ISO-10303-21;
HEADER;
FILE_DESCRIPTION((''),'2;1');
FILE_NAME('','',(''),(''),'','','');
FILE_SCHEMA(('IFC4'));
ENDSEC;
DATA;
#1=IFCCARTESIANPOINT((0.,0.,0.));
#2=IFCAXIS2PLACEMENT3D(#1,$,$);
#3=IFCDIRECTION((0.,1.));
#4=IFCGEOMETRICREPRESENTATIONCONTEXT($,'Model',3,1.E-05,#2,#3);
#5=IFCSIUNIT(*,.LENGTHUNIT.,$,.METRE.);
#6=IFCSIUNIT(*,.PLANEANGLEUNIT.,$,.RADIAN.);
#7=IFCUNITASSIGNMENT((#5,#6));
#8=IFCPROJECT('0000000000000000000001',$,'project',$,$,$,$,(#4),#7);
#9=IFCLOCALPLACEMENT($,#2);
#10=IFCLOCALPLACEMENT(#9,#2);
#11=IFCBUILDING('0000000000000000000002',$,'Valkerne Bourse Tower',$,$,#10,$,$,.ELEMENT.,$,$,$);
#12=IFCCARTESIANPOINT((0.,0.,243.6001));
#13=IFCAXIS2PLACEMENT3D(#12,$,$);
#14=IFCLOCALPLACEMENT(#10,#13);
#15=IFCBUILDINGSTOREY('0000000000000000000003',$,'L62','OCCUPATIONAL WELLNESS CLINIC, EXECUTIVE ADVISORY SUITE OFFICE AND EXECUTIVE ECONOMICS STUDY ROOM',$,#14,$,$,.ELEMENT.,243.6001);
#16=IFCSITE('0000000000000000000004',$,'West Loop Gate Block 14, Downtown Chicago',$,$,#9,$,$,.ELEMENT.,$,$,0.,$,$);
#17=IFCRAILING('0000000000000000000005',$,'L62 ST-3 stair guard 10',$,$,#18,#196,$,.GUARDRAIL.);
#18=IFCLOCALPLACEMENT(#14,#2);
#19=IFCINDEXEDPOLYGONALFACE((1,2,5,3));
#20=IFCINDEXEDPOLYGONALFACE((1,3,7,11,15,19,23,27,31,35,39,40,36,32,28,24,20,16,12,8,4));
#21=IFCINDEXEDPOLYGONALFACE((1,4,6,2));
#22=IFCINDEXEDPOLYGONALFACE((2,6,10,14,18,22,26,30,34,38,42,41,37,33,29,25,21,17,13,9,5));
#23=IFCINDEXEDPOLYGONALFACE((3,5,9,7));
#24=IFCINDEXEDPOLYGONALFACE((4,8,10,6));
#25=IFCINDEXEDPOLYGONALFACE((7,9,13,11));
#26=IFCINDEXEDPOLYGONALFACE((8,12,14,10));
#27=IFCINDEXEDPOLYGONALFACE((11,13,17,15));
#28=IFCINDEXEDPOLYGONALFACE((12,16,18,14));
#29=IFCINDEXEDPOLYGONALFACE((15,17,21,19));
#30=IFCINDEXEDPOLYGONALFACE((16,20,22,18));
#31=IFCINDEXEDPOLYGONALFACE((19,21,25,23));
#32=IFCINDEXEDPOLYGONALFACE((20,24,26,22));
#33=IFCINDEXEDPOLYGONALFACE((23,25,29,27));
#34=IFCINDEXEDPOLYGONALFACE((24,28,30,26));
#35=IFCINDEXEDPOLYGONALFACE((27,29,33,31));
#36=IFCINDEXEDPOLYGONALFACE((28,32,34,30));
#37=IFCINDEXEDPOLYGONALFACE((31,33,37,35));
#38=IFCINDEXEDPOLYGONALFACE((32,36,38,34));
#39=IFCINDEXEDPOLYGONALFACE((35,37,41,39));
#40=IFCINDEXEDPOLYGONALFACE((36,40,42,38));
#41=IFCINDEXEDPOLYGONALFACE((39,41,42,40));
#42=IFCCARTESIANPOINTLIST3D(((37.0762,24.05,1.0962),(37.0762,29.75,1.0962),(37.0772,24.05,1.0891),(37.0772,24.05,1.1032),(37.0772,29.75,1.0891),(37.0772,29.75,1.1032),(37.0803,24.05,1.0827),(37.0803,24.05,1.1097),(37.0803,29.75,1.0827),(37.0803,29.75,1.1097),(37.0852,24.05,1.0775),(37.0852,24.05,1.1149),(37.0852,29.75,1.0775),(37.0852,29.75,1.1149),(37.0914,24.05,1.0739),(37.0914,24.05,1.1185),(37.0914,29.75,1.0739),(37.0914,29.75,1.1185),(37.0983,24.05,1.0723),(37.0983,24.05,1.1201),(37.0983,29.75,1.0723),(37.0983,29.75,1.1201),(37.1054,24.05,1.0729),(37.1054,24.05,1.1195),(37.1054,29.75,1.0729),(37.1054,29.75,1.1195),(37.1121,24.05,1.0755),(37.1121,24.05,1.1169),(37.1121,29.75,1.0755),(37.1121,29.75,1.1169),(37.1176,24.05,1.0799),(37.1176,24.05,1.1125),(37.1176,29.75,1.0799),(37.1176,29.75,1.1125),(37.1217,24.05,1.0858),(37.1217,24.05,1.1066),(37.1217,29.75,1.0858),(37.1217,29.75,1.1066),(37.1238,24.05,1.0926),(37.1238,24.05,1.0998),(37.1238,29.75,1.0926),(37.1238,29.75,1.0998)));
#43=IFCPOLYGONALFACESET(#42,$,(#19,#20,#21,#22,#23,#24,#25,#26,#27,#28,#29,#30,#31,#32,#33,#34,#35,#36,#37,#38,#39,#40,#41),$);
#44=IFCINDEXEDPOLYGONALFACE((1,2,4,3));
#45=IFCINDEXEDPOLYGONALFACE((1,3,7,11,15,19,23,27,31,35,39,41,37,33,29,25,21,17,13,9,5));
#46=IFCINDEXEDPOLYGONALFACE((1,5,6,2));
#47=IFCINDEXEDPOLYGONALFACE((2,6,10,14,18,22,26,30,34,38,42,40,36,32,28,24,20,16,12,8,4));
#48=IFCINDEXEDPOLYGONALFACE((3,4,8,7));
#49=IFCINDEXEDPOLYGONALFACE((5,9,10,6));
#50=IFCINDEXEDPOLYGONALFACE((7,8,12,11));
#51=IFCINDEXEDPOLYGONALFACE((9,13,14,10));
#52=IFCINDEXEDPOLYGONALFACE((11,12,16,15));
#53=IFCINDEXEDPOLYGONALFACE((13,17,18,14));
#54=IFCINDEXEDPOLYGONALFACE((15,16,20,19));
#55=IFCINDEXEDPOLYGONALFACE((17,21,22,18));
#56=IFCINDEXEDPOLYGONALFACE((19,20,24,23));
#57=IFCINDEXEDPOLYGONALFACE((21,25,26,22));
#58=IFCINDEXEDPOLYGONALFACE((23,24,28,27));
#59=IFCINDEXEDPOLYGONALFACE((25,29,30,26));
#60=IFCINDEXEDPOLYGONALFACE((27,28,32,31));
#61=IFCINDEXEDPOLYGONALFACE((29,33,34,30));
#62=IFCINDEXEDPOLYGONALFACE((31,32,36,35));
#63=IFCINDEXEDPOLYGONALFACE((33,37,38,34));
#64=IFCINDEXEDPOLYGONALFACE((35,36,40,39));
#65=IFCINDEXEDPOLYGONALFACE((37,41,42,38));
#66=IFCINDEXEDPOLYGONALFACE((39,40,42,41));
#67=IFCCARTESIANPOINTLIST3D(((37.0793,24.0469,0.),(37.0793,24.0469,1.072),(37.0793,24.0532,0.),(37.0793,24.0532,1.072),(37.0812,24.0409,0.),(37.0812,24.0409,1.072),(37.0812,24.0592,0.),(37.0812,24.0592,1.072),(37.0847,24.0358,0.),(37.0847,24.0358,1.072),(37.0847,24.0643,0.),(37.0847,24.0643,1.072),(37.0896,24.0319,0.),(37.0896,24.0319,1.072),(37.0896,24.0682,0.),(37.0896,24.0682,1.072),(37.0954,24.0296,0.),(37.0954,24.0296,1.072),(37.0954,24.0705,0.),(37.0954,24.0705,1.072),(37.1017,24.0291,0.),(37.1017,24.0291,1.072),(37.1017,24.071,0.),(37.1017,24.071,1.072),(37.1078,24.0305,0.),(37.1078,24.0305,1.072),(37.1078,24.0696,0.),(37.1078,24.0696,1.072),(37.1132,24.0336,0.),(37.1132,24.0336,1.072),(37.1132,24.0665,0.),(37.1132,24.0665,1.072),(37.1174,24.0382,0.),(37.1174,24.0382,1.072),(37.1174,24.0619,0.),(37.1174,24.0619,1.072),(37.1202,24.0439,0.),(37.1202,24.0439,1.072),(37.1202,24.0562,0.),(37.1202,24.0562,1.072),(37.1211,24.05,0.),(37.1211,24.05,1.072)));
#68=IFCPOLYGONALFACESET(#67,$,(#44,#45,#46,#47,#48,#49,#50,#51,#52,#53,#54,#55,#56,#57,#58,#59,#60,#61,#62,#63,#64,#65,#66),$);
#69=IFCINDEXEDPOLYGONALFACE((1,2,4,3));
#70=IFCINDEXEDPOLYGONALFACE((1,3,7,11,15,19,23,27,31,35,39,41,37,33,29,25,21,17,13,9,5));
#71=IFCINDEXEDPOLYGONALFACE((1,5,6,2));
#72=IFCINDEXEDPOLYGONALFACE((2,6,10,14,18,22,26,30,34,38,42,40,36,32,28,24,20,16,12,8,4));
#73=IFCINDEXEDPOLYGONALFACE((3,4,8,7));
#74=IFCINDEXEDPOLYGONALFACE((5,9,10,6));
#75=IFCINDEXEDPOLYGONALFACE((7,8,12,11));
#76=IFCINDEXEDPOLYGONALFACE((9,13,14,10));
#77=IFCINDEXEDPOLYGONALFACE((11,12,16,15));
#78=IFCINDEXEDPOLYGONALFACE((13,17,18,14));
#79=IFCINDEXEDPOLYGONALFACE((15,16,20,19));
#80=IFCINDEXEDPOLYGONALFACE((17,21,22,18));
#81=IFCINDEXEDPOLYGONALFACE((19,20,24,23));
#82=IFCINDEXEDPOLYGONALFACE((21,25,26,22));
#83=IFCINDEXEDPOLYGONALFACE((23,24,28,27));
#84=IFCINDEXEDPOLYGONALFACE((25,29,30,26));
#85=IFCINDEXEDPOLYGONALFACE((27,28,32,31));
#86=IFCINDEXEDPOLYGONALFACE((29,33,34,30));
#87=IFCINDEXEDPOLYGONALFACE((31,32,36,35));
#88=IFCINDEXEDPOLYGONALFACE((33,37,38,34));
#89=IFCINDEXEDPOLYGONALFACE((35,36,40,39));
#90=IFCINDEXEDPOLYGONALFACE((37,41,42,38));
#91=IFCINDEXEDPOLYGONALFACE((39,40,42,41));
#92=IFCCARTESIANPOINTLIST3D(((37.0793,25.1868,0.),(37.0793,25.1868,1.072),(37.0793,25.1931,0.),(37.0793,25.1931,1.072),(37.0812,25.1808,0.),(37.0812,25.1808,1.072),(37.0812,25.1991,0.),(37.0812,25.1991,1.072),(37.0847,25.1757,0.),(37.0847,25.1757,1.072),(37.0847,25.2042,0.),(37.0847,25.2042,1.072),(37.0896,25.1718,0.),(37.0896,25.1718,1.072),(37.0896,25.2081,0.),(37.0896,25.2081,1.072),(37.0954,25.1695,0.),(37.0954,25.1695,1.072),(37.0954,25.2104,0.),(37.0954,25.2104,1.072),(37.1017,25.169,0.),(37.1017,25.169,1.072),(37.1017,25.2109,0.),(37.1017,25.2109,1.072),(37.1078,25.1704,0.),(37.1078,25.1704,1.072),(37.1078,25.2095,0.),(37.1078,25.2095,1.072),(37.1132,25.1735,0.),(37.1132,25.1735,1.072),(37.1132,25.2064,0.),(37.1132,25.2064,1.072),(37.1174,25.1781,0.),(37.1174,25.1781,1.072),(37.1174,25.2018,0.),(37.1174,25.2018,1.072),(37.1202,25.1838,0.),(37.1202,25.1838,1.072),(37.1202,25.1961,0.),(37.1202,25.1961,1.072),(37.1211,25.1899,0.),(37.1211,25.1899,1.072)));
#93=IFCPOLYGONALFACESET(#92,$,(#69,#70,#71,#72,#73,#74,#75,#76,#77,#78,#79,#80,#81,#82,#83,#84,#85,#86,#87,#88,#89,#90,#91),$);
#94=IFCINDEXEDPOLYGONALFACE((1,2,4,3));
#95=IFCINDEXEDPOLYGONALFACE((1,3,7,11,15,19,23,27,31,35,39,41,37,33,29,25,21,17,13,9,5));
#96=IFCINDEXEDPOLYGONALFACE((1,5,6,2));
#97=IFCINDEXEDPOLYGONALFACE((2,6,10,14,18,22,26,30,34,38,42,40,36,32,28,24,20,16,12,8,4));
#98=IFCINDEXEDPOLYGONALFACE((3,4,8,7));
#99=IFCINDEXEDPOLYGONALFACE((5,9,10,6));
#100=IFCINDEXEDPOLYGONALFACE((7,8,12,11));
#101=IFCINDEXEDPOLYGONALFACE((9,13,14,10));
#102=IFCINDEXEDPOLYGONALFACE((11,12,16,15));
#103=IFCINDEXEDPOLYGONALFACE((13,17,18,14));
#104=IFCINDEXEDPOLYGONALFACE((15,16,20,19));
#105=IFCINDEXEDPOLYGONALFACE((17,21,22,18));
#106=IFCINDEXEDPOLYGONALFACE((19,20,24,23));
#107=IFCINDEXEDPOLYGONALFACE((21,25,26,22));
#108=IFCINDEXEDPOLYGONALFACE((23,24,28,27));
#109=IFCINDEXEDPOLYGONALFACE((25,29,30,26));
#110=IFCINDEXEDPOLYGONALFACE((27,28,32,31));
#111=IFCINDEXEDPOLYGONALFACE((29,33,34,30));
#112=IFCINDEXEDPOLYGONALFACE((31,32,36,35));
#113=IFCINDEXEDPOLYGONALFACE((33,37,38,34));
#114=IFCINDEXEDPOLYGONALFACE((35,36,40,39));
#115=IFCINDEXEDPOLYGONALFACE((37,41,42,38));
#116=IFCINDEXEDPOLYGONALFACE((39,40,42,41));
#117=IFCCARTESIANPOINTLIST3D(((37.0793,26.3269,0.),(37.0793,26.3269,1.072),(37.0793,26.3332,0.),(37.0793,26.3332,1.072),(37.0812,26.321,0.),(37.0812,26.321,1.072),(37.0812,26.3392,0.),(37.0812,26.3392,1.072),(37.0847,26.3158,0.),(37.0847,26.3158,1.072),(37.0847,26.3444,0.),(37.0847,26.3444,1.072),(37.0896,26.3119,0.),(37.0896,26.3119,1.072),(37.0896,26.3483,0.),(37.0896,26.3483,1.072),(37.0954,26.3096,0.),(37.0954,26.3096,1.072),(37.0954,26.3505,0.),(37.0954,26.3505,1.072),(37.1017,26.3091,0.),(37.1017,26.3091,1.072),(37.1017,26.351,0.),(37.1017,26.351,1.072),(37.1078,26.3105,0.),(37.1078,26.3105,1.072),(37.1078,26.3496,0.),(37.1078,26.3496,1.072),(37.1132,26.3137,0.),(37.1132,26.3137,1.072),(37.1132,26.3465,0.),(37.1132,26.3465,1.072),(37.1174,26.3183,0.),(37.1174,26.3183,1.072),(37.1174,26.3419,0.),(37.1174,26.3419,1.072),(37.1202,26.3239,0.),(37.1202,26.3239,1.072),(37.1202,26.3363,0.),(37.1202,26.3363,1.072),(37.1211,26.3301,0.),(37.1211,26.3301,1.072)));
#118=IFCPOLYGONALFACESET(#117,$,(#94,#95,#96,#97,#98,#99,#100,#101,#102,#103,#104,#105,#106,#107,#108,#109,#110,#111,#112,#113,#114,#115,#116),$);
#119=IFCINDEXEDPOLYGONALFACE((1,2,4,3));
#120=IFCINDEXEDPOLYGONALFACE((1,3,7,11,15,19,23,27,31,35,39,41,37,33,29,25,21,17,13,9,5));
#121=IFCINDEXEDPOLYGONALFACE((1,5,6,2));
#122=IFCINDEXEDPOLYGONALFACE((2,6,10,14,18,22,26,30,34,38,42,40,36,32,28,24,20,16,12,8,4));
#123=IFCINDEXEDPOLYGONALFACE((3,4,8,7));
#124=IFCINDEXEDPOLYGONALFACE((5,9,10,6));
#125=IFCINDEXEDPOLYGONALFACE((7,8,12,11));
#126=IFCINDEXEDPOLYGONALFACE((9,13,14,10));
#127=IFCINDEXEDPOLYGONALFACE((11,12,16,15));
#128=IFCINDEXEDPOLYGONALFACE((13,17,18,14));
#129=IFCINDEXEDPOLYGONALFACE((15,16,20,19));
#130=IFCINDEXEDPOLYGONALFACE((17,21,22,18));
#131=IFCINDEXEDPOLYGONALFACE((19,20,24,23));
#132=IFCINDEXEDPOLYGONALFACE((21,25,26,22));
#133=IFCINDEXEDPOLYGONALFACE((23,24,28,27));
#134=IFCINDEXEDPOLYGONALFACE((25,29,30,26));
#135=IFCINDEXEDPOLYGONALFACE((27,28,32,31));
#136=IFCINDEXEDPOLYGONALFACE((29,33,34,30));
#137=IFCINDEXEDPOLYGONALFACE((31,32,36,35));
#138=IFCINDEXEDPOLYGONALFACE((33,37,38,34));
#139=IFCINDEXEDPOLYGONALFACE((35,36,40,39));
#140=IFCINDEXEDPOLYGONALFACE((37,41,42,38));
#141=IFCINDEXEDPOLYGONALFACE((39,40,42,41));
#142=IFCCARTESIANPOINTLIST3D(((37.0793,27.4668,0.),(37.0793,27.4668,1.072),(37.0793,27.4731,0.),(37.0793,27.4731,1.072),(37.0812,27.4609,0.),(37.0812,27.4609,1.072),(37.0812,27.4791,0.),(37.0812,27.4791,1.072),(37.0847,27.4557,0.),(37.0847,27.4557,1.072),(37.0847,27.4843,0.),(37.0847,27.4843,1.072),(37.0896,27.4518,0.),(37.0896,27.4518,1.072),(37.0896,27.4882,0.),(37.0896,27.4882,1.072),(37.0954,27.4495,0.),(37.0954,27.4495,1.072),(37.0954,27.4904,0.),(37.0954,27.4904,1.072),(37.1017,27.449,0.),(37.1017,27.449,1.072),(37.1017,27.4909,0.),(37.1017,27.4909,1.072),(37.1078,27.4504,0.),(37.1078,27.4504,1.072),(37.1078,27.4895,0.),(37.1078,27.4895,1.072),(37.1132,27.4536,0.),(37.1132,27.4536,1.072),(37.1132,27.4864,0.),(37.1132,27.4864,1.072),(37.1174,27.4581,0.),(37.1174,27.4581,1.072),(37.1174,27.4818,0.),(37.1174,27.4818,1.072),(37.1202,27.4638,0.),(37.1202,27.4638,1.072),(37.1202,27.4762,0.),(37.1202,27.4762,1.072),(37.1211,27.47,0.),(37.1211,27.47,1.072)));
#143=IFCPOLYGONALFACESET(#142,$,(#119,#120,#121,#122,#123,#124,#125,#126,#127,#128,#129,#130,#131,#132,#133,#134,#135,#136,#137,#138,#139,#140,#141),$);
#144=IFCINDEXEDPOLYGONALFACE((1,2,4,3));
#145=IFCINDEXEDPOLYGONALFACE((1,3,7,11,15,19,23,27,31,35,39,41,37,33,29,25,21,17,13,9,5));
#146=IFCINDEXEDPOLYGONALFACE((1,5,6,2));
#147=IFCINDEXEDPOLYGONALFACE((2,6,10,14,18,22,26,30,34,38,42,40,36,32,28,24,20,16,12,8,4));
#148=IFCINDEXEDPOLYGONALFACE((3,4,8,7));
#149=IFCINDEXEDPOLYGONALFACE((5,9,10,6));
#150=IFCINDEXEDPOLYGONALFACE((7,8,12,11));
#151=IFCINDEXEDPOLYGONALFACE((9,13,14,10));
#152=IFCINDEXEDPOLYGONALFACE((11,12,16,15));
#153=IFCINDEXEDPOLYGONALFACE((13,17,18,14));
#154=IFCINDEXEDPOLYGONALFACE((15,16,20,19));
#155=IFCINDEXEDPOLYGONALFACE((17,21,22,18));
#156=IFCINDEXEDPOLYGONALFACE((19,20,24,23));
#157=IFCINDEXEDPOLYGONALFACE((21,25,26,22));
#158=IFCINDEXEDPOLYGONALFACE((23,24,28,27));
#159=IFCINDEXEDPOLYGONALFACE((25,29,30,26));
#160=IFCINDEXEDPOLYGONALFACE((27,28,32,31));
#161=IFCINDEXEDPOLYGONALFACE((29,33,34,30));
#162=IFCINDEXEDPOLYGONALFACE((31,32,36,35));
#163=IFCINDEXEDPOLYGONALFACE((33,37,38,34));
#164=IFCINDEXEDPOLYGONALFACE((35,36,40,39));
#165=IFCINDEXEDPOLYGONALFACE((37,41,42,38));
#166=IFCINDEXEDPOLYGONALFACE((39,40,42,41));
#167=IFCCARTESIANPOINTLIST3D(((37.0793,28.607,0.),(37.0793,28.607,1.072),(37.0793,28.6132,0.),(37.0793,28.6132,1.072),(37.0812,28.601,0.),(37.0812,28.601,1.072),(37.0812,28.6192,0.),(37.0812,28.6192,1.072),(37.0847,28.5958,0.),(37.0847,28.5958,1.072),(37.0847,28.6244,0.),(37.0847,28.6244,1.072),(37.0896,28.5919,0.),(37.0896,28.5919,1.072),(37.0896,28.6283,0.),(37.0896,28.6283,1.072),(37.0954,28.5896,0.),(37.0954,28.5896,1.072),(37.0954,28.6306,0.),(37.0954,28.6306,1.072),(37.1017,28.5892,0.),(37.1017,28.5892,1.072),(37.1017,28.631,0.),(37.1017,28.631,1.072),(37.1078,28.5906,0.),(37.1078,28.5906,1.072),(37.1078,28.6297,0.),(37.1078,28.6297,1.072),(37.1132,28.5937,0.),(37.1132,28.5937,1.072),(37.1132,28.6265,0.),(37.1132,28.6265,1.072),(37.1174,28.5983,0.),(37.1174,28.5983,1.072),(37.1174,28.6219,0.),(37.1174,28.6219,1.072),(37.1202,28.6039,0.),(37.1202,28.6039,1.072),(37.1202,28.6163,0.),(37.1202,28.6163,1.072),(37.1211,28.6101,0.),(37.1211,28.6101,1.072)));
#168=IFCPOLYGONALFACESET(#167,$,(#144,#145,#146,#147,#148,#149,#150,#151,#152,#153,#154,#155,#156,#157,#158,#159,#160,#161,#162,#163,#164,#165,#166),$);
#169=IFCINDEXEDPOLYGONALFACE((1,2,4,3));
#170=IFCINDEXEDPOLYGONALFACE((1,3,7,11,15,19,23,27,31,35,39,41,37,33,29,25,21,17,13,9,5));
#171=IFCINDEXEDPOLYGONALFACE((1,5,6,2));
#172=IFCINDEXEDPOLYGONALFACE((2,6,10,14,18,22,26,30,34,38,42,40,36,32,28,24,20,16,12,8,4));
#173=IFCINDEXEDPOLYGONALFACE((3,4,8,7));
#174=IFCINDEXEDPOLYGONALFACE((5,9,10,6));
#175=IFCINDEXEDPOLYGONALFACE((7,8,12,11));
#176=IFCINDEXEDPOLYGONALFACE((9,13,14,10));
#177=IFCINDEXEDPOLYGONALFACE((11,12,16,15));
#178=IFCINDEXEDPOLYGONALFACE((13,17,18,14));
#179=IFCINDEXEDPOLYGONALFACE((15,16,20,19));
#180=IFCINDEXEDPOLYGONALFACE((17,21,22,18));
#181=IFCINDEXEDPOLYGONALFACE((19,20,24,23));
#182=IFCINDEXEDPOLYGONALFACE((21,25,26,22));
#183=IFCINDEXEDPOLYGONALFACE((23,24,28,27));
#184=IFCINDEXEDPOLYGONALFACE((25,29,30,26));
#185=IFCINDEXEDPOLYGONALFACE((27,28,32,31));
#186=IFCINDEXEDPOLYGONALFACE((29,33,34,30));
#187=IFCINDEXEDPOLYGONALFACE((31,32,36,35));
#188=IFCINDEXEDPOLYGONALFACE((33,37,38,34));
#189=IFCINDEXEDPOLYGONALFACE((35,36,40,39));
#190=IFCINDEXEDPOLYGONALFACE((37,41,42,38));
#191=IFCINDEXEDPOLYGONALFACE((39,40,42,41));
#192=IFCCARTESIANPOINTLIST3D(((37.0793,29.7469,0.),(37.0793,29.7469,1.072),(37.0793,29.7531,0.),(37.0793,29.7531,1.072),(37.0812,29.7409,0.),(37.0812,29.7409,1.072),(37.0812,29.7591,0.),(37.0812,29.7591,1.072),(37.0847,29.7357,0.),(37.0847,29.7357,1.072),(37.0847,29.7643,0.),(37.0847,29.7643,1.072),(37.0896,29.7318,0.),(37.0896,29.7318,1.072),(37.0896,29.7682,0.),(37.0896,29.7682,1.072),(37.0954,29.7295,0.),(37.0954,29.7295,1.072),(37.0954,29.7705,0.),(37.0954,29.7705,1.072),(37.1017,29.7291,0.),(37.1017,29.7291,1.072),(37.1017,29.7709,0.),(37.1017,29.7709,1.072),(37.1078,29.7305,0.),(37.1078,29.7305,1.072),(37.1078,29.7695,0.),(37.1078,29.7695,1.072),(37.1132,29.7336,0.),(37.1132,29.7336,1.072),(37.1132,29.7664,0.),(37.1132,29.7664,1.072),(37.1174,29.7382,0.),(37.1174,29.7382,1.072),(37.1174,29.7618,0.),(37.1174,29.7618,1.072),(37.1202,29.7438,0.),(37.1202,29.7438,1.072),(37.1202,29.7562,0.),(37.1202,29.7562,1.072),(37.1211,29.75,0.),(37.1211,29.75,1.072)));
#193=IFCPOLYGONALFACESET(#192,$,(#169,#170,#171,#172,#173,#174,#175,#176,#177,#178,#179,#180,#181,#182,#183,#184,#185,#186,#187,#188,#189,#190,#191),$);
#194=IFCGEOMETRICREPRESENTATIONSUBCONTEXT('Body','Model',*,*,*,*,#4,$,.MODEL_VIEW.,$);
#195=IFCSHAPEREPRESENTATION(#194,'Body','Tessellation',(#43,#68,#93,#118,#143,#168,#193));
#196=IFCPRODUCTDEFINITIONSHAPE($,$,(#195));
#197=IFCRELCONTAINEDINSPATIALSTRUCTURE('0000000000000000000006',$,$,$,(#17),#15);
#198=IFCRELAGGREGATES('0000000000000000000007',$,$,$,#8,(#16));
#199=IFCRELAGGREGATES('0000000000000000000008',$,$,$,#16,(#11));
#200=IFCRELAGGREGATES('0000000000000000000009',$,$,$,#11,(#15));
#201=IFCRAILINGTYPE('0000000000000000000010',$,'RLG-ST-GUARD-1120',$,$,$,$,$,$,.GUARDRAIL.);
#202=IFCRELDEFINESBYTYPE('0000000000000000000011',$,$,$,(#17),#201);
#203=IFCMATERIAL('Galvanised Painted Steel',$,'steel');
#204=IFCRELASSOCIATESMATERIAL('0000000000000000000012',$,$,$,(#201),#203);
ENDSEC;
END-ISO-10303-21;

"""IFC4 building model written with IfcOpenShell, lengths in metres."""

from ifc_helpers import new_model, si_unit, direction, frame, origin, origin_2d, place, context, subcontext, project, spatial, circle, extrude, material, type_object, element, save


model = new_model("IFC4")

# Units and contexts
model_context = context("Model", 3, precision=1e-05, world=origin(), true_north=direction((0.0, 1.0)))
body_context = subcontext(model_context, "Body", "Model", "MODEL_VIEW")
ifc_project = project(units=[si_unit("LENGTHUNIT", "METRE"), si_unit("PLANEANGLEUNIT", "RADIAN")], contexts=[model_context])

# Site, building, storey
site_placement = place(None, origin())
site = spatial("IfcSite", under=ifc_project, at=site_placement, Name="West Loop Gate Block 14, Downtown Chicago", CompositionType="ELEMENT", RefElevation=0.0)
building_placement = place(site_placement, origin())
building = spatial("IfcBuilding", under=site, at=building_placement, Name="Valkerne Bourse Tower", CompositionType="ELEMENT")
storey_placement = place(building_placement, frame((0.0, 0.0, 243.6001)))
storey = spatial("IfcBuildingStorey", under=building, at=storey_placement, Name="L62", Description="OCCUPATIONAL WELLNESS CLINIC, EXECUTIVE ADVISORY SUITE OFFICE AND EXECUTIVE ECONOMICS STUDY ROOM", CompositionType="ELEMENT", Elevation=243.6001)

# Railing
ifc_material_1 = material(Name="Galvanised Painted Steel", Category="steel")
railing_type_1 = type_object("IfcRailingType", Name="RLG-ST-GUARD-1120", PredefinedType="GUARDRAIL", material=ifc_material_1)
railing_1_placement = place(storey_placement, frame((37.1001, 24.05, 0.0)))
element("IfcRailing", 1, at=railing_1_placement, inside=storey, type_object=railing_type_1, Name="L62 ST-3 stair guard 10", PredefinedType="GUARDRAIL", context=body_context, shape_type="SweptSolid", body=[
    extrude(circle(Radius=0.0239, at=origin_2d()), frame((0.0, 0.0, 1.0962), z_axis=(0.0, 1.0, 0.0), x_axis=(-1.0, 0.0, 0.0)), (0.0, 0.0, 1.0), 5.7),
    extrude(circle(Radius=0.021, at=origin_2d()), origin(), (0.0, 0.0, 1.0), 1.072),
    extrude(circle(Radius=0.021, at=origin_2d()), frame((0.0, 1.1399, 0.0)), (0.0, 0.0, 1.0), 1.072),
    extrude(circle(Radius=0.021, at=origin_2d()), frame((0.0, 2.28, 0.0)), (0.0, 0.0, 1.0), 1.072),
    extrude(circle(Radius=0.021, at=origin_2d()), frame((0.0, 3.4199, 0.0)), (0.0, 0.0, 1.0), 1.072),
    extrude(circle(Radius=0.021, at=origin_2d()), frame((0.0, 4.5601, 0.0)), (0.0, 0.0, 1.0), 1.072),
    extrude(circle(Radius=0.021, at=origin_2d()), frame((0.0, 5.7, 0.0)), (0.0, 0.0, 1.0), 1.072),
])

save(model, "model.ifc")
